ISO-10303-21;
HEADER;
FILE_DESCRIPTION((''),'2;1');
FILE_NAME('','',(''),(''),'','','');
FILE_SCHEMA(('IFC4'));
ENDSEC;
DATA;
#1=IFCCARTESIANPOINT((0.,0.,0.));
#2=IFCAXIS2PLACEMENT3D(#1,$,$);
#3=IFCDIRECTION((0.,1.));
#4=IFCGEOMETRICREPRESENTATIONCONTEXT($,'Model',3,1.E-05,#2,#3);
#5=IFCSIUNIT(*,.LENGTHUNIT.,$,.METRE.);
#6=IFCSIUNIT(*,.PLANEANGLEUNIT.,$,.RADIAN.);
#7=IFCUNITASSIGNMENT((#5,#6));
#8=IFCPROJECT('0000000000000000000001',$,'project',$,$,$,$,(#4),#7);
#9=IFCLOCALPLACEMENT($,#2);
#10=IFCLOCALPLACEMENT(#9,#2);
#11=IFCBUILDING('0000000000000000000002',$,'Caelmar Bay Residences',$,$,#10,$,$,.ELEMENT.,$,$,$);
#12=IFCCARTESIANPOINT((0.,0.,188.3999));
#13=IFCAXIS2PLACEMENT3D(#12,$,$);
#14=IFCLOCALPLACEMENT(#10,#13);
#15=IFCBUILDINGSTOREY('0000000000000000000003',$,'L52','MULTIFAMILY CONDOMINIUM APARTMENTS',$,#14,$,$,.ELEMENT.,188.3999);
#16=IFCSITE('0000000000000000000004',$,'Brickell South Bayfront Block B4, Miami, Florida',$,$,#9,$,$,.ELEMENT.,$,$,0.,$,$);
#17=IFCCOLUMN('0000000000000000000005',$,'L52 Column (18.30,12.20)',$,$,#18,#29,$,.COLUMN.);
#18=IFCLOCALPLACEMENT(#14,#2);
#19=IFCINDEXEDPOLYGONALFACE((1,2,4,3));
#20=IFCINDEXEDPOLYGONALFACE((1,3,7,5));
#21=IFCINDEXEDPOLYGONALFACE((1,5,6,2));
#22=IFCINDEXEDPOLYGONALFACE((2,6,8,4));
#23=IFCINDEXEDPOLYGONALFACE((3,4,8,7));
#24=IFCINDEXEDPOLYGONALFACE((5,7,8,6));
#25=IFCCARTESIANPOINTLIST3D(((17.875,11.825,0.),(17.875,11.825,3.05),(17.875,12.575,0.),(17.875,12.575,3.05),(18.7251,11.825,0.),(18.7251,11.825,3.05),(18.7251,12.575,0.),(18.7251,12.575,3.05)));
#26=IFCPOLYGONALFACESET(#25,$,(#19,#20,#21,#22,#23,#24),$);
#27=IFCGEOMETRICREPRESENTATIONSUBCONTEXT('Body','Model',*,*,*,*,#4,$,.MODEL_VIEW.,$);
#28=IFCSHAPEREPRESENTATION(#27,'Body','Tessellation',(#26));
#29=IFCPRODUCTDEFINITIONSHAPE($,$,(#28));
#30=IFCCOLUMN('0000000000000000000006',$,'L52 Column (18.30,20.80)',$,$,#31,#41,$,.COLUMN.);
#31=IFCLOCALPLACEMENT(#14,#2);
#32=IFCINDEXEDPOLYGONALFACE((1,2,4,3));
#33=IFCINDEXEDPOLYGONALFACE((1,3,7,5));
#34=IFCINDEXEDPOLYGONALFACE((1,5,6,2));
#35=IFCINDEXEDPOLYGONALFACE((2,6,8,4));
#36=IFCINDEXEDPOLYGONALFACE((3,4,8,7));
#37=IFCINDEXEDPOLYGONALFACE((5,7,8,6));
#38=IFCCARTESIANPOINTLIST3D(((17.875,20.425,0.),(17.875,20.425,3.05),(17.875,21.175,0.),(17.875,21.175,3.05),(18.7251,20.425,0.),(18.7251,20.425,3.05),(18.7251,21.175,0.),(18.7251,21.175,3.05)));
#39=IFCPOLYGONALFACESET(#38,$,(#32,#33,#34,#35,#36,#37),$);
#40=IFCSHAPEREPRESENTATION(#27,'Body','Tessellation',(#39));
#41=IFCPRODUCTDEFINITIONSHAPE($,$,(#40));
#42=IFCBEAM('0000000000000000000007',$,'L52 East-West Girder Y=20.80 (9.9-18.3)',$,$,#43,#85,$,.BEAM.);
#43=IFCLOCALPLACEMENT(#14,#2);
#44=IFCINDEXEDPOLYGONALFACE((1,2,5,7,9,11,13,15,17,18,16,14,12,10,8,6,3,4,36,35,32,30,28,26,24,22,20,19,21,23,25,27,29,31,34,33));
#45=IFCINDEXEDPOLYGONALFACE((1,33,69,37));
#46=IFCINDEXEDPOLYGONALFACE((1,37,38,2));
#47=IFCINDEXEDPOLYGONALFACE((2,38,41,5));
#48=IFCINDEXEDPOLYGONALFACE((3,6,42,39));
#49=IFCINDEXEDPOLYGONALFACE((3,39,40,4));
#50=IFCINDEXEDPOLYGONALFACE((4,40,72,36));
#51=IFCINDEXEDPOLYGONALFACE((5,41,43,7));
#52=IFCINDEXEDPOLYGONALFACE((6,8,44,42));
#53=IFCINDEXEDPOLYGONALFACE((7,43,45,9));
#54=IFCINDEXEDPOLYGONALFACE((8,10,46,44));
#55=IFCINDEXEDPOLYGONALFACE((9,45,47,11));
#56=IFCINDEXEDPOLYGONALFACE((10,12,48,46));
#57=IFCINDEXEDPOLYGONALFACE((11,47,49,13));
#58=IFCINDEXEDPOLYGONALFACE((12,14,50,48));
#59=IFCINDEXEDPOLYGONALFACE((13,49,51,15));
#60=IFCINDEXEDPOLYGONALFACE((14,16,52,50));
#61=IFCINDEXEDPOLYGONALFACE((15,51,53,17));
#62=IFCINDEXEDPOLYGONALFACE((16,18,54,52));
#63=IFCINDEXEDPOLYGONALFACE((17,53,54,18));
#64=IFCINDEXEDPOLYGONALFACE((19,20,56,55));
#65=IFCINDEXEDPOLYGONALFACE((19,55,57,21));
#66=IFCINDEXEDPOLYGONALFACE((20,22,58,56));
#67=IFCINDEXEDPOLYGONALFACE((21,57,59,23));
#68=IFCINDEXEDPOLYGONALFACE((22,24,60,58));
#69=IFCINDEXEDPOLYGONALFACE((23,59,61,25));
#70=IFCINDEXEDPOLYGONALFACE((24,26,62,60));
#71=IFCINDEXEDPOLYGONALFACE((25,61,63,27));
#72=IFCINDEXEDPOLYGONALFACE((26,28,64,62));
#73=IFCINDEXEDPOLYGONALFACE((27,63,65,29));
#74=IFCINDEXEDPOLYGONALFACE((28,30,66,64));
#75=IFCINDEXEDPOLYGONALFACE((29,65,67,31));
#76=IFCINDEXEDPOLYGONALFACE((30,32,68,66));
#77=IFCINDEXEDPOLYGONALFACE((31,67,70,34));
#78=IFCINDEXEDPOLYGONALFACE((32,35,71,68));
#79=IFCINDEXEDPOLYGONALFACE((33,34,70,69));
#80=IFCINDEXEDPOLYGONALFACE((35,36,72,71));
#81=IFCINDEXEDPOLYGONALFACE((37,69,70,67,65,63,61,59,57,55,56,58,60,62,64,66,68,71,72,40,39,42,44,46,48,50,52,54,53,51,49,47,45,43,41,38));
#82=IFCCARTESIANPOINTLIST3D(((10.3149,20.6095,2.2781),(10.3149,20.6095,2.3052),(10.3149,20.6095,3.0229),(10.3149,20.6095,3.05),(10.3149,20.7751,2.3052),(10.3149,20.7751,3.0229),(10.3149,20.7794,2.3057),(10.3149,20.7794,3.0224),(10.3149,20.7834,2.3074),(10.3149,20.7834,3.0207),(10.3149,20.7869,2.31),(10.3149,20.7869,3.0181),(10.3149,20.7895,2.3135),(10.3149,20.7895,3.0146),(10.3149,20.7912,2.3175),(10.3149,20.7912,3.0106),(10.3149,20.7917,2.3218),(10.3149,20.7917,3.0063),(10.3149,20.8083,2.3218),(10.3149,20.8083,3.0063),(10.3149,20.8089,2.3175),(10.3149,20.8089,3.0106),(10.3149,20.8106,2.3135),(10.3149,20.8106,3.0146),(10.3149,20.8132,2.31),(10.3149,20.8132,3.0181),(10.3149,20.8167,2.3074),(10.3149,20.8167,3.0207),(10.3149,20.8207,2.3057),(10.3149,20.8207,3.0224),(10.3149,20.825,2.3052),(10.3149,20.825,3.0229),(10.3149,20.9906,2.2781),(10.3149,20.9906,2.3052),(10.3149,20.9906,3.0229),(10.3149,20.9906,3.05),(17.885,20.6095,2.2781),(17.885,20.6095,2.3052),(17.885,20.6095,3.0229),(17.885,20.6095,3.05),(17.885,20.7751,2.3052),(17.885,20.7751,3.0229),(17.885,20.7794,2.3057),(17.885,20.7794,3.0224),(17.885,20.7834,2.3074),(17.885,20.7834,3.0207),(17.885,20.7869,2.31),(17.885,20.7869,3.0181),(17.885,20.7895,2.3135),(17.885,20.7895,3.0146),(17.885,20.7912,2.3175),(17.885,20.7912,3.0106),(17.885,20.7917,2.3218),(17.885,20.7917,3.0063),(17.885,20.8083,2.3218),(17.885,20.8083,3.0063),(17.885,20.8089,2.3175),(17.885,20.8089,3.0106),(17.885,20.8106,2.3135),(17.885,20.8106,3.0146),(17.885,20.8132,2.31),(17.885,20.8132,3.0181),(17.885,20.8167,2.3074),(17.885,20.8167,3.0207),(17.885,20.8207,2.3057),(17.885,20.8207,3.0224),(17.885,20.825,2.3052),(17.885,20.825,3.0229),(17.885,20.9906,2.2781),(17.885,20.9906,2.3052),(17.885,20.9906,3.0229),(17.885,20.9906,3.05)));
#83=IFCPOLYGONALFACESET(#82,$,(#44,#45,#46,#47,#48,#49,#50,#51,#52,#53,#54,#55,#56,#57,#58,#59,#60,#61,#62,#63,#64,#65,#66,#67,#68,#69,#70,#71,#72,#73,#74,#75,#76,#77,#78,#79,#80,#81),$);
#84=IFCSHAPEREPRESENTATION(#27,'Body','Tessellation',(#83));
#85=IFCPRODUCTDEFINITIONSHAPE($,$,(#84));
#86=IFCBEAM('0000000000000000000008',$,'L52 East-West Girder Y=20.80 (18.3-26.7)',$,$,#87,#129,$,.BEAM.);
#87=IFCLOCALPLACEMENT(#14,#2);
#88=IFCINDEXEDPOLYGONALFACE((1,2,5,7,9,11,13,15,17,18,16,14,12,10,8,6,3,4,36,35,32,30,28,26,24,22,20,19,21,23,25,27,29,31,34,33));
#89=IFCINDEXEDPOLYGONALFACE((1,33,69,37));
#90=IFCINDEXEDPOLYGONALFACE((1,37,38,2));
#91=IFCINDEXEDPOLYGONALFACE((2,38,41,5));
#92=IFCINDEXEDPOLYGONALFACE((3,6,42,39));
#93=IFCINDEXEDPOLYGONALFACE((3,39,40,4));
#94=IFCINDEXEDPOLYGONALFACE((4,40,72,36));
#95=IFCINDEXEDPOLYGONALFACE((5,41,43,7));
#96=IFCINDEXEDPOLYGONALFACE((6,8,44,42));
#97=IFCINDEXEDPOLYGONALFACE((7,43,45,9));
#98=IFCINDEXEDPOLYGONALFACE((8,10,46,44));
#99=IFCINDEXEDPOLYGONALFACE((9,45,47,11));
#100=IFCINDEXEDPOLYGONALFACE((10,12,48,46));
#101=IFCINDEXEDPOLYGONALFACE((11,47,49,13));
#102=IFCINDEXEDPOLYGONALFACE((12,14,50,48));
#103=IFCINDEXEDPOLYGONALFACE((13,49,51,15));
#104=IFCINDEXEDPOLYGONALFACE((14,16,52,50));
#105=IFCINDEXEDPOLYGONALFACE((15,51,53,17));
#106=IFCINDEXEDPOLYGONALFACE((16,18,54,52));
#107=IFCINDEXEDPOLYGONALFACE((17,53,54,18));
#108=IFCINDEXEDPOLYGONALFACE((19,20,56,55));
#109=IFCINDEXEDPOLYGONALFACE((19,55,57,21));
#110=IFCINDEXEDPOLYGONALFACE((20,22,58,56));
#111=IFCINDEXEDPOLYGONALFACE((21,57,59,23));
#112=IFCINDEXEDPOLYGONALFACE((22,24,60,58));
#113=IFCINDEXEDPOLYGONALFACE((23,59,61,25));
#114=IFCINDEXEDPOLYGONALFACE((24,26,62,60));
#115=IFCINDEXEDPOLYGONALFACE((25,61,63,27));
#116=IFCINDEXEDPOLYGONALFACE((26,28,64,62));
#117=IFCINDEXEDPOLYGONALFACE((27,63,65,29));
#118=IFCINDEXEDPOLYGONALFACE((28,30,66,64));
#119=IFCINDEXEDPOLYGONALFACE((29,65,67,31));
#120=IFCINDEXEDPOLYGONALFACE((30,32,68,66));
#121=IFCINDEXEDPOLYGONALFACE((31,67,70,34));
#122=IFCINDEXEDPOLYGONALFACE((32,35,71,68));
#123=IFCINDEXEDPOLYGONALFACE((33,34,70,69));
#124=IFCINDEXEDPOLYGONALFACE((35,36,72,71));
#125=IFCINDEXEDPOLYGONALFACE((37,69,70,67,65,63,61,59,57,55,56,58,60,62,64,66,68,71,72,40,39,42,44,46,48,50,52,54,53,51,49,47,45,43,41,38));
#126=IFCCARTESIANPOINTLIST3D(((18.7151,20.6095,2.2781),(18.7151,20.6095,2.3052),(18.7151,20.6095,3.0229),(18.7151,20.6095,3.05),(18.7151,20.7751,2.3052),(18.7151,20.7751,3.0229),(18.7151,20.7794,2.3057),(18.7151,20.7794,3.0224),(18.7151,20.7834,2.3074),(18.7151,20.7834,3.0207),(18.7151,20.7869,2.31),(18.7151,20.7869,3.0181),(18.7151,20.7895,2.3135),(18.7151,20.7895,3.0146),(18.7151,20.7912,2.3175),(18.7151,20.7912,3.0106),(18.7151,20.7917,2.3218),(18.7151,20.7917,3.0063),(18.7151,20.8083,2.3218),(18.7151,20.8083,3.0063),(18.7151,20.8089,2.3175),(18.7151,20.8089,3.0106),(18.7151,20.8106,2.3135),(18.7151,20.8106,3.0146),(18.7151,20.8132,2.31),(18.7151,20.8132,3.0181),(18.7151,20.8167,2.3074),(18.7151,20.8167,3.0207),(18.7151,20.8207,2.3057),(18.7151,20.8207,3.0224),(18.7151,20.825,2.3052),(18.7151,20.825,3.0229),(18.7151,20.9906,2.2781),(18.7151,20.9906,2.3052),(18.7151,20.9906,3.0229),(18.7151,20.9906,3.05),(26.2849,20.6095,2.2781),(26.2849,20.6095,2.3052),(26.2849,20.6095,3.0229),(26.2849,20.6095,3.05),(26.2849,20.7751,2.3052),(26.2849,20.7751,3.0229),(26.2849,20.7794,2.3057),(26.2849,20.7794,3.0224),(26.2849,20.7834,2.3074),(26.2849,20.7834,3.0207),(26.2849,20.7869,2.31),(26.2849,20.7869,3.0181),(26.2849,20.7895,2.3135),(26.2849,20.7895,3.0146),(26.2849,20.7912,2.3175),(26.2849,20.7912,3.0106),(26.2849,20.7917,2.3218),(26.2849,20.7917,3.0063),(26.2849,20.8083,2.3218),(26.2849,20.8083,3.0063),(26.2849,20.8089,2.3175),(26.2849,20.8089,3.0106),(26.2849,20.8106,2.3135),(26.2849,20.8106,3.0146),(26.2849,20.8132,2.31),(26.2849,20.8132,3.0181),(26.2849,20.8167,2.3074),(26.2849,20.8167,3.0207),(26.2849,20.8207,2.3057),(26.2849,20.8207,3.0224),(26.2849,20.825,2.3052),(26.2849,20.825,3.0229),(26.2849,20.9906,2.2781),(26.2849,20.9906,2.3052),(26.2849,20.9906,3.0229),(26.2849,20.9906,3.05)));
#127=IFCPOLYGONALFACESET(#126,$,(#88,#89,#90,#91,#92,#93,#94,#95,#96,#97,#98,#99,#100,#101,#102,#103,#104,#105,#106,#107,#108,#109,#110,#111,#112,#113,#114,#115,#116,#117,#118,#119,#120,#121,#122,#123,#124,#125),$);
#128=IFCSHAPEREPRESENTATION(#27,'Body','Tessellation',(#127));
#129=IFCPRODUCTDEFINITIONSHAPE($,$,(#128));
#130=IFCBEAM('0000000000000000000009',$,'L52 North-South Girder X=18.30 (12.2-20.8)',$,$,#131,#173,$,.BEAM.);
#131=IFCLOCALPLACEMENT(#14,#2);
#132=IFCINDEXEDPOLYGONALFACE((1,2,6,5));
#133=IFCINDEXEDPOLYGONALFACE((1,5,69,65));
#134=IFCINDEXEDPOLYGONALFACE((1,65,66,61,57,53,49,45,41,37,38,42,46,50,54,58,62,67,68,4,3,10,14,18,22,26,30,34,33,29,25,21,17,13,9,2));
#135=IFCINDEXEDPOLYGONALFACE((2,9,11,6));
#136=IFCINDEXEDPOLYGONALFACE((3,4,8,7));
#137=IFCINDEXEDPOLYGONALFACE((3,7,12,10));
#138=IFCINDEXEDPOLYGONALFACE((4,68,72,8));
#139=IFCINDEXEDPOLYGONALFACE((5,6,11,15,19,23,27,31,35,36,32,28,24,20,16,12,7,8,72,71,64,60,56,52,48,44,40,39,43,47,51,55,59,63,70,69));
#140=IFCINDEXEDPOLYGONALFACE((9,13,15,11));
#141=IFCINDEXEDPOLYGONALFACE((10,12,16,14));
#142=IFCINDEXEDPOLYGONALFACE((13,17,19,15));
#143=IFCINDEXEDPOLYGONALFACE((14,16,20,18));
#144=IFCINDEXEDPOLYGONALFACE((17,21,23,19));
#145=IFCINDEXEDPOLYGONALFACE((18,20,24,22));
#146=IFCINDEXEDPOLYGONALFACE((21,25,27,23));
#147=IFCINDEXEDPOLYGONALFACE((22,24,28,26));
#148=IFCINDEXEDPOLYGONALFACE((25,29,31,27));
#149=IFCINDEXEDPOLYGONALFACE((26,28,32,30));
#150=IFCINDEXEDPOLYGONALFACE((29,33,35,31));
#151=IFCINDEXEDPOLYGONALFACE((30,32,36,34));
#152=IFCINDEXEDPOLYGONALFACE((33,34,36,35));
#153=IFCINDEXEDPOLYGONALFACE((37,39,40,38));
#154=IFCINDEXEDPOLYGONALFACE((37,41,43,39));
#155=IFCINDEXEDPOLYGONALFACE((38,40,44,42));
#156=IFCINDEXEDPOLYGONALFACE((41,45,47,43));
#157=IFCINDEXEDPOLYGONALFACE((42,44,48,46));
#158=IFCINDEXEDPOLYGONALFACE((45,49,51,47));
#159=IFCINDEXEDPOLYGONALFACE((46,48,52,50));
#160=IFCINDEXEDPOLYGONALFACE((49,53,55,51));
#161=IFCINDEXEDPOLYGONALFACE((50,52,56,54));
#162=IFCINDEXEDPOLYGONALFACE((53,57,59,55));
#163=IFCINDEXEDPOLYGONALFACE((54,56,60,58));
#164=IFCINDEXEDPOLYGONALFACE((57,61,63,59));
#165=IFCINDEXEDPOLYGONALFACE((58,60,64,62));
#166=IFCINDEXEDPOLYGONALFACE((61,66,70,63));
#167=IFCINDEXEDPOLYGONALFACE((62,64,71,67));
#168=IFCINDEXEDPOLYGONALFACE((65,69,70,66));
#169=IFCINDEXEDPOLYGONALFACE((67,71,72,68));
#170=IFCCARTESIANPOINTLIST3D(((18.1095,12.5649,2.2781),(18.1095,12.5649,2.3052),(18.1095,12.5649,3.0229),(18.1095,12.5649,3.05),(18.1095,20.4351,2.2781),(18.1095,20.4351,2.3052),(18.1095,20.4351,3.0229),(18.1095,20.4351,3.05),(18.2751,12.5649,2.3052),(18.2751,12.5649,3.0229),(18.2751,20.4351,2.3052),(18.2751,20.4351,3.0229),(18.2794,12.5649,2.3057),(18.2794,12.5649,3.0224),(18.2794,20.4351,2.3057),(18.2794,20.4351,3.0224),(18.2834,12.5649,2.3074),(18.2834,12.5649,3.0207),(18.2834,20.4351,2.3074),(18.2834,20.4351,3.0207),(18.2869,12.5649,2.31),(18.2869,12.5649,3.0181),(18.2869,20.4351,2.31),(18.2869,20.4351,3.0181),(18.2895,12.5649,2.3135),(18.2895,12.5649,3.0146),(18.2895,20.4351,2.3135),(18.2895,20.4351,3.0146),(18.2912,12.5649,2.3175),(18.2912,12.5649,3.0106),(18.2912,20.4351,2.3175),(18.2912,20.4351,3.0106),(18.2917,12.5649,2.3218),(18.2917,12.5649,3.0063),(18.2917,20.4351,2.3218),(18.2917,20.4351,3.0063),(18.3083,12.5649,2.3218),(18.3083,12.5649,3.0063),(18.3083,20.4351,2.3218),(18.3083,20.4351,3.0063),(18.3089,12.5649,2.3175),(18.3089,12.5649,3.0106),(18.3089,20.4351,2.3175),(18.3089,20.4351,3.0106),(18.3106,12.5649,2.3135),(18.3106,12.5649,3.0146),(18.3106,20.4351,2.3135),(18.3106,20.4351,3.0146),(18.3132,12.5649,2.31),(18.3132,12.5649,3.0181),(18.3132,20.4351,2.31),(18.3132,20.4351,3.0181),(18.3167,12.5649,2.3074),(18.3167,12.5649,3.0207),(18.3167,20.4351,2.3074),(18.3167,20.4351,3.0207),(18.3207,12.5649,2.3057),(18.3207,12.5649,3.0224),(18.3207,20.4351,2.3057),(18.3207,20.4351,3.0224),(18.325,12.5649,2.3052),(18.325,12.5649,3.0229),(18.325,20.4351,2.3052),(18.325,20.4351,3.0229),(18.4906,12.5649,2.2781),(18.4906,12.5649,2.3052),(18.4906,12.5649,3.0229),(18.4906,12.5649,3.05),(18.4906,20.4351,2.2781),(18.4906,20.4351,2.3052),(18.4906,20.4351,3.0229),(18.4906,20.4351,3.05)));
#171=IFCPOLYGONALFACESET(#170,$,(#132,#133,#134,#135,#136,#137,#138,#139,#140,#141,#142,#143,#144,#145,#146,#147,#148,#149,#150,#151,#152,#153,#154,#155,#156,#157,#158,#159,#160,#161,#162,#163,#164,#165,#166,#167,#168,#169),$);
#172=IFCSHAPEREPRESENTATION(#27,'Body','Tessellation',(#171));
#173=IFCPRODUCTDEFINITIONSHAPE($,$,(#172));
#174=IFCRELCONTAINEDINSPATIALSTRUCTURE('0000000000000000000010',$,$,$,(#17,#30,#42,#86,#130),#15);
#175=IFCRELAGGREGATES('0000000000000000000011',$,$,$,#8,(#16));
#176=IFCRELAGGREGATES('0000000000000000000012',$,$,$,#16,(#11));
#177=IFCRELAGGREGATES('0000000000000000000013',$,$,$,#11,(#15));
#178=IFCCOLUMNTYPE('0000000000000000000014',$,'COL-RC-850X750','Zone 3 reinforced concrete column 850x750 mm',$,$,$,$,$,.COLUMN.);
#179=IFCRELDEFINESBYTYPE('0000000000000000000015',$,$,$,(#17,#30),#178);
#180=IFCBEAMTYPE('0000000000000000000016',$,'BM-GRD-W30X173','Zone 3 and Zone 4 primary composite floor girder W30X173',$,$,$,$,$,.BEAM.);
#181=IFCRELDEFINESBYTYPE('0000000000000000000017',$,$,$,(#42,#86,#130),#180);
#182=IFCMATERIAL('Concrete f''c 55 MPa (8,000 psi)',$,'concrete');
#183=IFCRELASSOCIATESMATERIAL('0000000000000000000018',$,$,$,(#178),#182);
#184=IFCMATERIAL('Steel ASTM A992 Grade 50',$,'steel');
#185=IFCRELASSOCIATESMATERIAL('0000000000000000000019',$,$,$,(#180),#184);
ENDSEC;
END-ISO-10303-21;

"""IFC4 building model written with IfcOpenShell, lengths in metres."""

from ifc_helpers import new_model, si_unit, direction, frame, origin, origin_2d, place, context, subcontext, project, spatial, rectangle, i_section, extrude, material, material_profile, profile_set, type_object, element, save


model = new_model("IFC4")

# Units and contexts
model_context = context("Model", 3, precision=1e-05, world=origin(), true_north=direction((0.0, 1.0)))
body_context = subcontext(model_context, "Body", "Model", "MODEL_VIEW")
ifc_project = project(units=[si_unit("LENGTHUNIT", "METRE"), si_unit("PLANEANGLEUNIT", "RADIAN")], contexts=[model_context])

# Site, building, storey
site_placement = place(None, origin())
site = spatial("IfcSite", under=ifc_project, at=site_placement, Name="Brickell South Bayfront Block B4, Miami, Florida", CompositionType="ELEMENT", RefElevation=0.0)
building_placement = place(site_placement, origin())
building = spatial("IfcBuilding", under=site, at=building_placement, Name="Caelmar Bay Residences", CompositionType="ELEMENT")
storey_placement = place(building_placement, frame((0.0, 0.0, 188.3999)))
storey = spatial("IfcBuildingStorey", under=building, at=storey_placement, Name="L52", Description="MULTIFAMILY CONDOMINIUM APARTMENTS", CompositionType="ELEMENT", Elevation=188.3999)

# Columns
ifc_material_1 = material(Name="Concrete f'c 55 MPa (8,000 psi)", Category="concrete")
ifc_material_profile_1 = material_profile(ifc_material_1, rectangle(XDim=0.8501, YDim=0.75, at=origin_2d()), Name="RC-COL-850X750")
ifc_profile_set_1 = profile_set([ifc_material_profile_1], Name="Concrete f'c 55 MPa (8,000 psi)")
column_type = type_object("IfcColumnType", Name="COL-RC-850X750", Description="Zone 3 reinforced concrete column 850x750 mm", PredefinedType="COLUMN", material=ifc_profile_set_1)
for number, where, z_axis, x_axis, name in (
    (1, (18.3, 12.2, 0.0), (0.0, 0.0, 1.0), (1.0, 0.0, 0.0), "L52 Column (18.30,12.20)"),
    (2, (18.3, 20.8, 0.0), (0.0, 0.0, 1.0), (1.0, 0.0, 0.0), "L52 Column (18.30,20.80)"),
):
    element("IfcColumn", number, at=place(storey_placement, frame(where, z_axis=z_axis, x_axis=x_axis)), inside=storey, type_object=column_type, Name=name, PredefinedType="COLUMN", context=body_context, shape_type="SweptSolid", body=[
        extrude(rectangle(XDim=0.8501, YDim=0.75, at=origin_2d()), origin(), (0.0, 0.0, 1.0), 3.05),
    ])

# Beams
ifc_material_2 = material(Name="Steel ASTM A992 Grade 50", Category="steel")
ifc_material_profile_2 = material_profile(ifc_material_2, i_section(OverallWidth=0.3811, OverallDepth=0.772, WebThickness=0.0166, FlangeThickness=0.0271, FilletRadius=0.0166, at=origin_2d()), Name="W30X173")
ifc_profile_set_2 = profile_set([ifc_material_profile_2], Name="Steel ASTM A992 Grade 50")
beam_type_1 = type_object("IfcBeamType", Name="BM-GRD-W30X173", Description="Zone 3 and Zone 4 primary composite floor girder W30X173", PredefinedType="BEAM", material=ifc_profile_set_2)
beam_1_placement = place(storey_placement, frame((10.3149, 20.8, 2.6641), z_axis=(1.0, 0.0, 0.0), x_axis=(0.0, 1.0, 0.0)))
element("IfcBeam", 3, at=beam_1_placement, inside=storey, type_object=beam_type_1, Name="L52 East-West Girder Y=20.80 (9.9-18.3)", PredefinedType="BEAM", context=body_context, shape_type="SweptSolid", body=[
    extrude(i_section(OverallWidth=0.3811, OverallDepth=0.772, WebThickness=0.0166, FlangeThickness=0.0271, FilletRadius=0.0166, at=origin_2d()), origin(), (0.0, 0.0, 1.0), 7.5701),
])
beam_2_placement = place(storey_placement, frame((18.7151, 20.8, 2.6641), z_axis=(1.0, 0.0, 0.0), x_axis=(0.0, 1.0, 0.0)))
element("IfcBeam", 4, at=beam_2_placement, inside=storey, type_object=beam_type_1, Name="L52 East-West Girder Y=20.80 (18.3-26.7)", PredefinedType="BEAM", context=body_context, shape_type="SweptSolid", body=[
    extrude(i_section(OverallWidth=0.3811, OverallDepth=0.772, WebThickness=0.0166, FlangeThickness=0.0271, FilletRadius=0.0166, at=origin_2d()), origin(), (0.0, 0.0, 1.0), 7.5698),
])
beam_3_placement = place(storey_placement, frame((18.3, 12.5649, 2.6641), z_axis=(0.0, 1.0, 0.0), x_axis=(-1.0, 0.0, 0.0)))
element("IfcBeam", 5, at=beam_3_placement, inside=storey, type_object=beam_type_1, Name="L52 North-South Girder X=18.30 (12.2-20.8)", PredefinedType="BEAM", context=body_context, shape_type="SweptSolid", body=[
    extrude(i_section(OverallWidth=0.3811, OverallDepth=0.772, WebThickness=0.0166, FlangeThickness=0.0271, FilletRadius=0.0166, at=origin_2d()), origin(), (0.0, 0.0, 1.0), 7.8701),
])

save(model, "model.ifc")
